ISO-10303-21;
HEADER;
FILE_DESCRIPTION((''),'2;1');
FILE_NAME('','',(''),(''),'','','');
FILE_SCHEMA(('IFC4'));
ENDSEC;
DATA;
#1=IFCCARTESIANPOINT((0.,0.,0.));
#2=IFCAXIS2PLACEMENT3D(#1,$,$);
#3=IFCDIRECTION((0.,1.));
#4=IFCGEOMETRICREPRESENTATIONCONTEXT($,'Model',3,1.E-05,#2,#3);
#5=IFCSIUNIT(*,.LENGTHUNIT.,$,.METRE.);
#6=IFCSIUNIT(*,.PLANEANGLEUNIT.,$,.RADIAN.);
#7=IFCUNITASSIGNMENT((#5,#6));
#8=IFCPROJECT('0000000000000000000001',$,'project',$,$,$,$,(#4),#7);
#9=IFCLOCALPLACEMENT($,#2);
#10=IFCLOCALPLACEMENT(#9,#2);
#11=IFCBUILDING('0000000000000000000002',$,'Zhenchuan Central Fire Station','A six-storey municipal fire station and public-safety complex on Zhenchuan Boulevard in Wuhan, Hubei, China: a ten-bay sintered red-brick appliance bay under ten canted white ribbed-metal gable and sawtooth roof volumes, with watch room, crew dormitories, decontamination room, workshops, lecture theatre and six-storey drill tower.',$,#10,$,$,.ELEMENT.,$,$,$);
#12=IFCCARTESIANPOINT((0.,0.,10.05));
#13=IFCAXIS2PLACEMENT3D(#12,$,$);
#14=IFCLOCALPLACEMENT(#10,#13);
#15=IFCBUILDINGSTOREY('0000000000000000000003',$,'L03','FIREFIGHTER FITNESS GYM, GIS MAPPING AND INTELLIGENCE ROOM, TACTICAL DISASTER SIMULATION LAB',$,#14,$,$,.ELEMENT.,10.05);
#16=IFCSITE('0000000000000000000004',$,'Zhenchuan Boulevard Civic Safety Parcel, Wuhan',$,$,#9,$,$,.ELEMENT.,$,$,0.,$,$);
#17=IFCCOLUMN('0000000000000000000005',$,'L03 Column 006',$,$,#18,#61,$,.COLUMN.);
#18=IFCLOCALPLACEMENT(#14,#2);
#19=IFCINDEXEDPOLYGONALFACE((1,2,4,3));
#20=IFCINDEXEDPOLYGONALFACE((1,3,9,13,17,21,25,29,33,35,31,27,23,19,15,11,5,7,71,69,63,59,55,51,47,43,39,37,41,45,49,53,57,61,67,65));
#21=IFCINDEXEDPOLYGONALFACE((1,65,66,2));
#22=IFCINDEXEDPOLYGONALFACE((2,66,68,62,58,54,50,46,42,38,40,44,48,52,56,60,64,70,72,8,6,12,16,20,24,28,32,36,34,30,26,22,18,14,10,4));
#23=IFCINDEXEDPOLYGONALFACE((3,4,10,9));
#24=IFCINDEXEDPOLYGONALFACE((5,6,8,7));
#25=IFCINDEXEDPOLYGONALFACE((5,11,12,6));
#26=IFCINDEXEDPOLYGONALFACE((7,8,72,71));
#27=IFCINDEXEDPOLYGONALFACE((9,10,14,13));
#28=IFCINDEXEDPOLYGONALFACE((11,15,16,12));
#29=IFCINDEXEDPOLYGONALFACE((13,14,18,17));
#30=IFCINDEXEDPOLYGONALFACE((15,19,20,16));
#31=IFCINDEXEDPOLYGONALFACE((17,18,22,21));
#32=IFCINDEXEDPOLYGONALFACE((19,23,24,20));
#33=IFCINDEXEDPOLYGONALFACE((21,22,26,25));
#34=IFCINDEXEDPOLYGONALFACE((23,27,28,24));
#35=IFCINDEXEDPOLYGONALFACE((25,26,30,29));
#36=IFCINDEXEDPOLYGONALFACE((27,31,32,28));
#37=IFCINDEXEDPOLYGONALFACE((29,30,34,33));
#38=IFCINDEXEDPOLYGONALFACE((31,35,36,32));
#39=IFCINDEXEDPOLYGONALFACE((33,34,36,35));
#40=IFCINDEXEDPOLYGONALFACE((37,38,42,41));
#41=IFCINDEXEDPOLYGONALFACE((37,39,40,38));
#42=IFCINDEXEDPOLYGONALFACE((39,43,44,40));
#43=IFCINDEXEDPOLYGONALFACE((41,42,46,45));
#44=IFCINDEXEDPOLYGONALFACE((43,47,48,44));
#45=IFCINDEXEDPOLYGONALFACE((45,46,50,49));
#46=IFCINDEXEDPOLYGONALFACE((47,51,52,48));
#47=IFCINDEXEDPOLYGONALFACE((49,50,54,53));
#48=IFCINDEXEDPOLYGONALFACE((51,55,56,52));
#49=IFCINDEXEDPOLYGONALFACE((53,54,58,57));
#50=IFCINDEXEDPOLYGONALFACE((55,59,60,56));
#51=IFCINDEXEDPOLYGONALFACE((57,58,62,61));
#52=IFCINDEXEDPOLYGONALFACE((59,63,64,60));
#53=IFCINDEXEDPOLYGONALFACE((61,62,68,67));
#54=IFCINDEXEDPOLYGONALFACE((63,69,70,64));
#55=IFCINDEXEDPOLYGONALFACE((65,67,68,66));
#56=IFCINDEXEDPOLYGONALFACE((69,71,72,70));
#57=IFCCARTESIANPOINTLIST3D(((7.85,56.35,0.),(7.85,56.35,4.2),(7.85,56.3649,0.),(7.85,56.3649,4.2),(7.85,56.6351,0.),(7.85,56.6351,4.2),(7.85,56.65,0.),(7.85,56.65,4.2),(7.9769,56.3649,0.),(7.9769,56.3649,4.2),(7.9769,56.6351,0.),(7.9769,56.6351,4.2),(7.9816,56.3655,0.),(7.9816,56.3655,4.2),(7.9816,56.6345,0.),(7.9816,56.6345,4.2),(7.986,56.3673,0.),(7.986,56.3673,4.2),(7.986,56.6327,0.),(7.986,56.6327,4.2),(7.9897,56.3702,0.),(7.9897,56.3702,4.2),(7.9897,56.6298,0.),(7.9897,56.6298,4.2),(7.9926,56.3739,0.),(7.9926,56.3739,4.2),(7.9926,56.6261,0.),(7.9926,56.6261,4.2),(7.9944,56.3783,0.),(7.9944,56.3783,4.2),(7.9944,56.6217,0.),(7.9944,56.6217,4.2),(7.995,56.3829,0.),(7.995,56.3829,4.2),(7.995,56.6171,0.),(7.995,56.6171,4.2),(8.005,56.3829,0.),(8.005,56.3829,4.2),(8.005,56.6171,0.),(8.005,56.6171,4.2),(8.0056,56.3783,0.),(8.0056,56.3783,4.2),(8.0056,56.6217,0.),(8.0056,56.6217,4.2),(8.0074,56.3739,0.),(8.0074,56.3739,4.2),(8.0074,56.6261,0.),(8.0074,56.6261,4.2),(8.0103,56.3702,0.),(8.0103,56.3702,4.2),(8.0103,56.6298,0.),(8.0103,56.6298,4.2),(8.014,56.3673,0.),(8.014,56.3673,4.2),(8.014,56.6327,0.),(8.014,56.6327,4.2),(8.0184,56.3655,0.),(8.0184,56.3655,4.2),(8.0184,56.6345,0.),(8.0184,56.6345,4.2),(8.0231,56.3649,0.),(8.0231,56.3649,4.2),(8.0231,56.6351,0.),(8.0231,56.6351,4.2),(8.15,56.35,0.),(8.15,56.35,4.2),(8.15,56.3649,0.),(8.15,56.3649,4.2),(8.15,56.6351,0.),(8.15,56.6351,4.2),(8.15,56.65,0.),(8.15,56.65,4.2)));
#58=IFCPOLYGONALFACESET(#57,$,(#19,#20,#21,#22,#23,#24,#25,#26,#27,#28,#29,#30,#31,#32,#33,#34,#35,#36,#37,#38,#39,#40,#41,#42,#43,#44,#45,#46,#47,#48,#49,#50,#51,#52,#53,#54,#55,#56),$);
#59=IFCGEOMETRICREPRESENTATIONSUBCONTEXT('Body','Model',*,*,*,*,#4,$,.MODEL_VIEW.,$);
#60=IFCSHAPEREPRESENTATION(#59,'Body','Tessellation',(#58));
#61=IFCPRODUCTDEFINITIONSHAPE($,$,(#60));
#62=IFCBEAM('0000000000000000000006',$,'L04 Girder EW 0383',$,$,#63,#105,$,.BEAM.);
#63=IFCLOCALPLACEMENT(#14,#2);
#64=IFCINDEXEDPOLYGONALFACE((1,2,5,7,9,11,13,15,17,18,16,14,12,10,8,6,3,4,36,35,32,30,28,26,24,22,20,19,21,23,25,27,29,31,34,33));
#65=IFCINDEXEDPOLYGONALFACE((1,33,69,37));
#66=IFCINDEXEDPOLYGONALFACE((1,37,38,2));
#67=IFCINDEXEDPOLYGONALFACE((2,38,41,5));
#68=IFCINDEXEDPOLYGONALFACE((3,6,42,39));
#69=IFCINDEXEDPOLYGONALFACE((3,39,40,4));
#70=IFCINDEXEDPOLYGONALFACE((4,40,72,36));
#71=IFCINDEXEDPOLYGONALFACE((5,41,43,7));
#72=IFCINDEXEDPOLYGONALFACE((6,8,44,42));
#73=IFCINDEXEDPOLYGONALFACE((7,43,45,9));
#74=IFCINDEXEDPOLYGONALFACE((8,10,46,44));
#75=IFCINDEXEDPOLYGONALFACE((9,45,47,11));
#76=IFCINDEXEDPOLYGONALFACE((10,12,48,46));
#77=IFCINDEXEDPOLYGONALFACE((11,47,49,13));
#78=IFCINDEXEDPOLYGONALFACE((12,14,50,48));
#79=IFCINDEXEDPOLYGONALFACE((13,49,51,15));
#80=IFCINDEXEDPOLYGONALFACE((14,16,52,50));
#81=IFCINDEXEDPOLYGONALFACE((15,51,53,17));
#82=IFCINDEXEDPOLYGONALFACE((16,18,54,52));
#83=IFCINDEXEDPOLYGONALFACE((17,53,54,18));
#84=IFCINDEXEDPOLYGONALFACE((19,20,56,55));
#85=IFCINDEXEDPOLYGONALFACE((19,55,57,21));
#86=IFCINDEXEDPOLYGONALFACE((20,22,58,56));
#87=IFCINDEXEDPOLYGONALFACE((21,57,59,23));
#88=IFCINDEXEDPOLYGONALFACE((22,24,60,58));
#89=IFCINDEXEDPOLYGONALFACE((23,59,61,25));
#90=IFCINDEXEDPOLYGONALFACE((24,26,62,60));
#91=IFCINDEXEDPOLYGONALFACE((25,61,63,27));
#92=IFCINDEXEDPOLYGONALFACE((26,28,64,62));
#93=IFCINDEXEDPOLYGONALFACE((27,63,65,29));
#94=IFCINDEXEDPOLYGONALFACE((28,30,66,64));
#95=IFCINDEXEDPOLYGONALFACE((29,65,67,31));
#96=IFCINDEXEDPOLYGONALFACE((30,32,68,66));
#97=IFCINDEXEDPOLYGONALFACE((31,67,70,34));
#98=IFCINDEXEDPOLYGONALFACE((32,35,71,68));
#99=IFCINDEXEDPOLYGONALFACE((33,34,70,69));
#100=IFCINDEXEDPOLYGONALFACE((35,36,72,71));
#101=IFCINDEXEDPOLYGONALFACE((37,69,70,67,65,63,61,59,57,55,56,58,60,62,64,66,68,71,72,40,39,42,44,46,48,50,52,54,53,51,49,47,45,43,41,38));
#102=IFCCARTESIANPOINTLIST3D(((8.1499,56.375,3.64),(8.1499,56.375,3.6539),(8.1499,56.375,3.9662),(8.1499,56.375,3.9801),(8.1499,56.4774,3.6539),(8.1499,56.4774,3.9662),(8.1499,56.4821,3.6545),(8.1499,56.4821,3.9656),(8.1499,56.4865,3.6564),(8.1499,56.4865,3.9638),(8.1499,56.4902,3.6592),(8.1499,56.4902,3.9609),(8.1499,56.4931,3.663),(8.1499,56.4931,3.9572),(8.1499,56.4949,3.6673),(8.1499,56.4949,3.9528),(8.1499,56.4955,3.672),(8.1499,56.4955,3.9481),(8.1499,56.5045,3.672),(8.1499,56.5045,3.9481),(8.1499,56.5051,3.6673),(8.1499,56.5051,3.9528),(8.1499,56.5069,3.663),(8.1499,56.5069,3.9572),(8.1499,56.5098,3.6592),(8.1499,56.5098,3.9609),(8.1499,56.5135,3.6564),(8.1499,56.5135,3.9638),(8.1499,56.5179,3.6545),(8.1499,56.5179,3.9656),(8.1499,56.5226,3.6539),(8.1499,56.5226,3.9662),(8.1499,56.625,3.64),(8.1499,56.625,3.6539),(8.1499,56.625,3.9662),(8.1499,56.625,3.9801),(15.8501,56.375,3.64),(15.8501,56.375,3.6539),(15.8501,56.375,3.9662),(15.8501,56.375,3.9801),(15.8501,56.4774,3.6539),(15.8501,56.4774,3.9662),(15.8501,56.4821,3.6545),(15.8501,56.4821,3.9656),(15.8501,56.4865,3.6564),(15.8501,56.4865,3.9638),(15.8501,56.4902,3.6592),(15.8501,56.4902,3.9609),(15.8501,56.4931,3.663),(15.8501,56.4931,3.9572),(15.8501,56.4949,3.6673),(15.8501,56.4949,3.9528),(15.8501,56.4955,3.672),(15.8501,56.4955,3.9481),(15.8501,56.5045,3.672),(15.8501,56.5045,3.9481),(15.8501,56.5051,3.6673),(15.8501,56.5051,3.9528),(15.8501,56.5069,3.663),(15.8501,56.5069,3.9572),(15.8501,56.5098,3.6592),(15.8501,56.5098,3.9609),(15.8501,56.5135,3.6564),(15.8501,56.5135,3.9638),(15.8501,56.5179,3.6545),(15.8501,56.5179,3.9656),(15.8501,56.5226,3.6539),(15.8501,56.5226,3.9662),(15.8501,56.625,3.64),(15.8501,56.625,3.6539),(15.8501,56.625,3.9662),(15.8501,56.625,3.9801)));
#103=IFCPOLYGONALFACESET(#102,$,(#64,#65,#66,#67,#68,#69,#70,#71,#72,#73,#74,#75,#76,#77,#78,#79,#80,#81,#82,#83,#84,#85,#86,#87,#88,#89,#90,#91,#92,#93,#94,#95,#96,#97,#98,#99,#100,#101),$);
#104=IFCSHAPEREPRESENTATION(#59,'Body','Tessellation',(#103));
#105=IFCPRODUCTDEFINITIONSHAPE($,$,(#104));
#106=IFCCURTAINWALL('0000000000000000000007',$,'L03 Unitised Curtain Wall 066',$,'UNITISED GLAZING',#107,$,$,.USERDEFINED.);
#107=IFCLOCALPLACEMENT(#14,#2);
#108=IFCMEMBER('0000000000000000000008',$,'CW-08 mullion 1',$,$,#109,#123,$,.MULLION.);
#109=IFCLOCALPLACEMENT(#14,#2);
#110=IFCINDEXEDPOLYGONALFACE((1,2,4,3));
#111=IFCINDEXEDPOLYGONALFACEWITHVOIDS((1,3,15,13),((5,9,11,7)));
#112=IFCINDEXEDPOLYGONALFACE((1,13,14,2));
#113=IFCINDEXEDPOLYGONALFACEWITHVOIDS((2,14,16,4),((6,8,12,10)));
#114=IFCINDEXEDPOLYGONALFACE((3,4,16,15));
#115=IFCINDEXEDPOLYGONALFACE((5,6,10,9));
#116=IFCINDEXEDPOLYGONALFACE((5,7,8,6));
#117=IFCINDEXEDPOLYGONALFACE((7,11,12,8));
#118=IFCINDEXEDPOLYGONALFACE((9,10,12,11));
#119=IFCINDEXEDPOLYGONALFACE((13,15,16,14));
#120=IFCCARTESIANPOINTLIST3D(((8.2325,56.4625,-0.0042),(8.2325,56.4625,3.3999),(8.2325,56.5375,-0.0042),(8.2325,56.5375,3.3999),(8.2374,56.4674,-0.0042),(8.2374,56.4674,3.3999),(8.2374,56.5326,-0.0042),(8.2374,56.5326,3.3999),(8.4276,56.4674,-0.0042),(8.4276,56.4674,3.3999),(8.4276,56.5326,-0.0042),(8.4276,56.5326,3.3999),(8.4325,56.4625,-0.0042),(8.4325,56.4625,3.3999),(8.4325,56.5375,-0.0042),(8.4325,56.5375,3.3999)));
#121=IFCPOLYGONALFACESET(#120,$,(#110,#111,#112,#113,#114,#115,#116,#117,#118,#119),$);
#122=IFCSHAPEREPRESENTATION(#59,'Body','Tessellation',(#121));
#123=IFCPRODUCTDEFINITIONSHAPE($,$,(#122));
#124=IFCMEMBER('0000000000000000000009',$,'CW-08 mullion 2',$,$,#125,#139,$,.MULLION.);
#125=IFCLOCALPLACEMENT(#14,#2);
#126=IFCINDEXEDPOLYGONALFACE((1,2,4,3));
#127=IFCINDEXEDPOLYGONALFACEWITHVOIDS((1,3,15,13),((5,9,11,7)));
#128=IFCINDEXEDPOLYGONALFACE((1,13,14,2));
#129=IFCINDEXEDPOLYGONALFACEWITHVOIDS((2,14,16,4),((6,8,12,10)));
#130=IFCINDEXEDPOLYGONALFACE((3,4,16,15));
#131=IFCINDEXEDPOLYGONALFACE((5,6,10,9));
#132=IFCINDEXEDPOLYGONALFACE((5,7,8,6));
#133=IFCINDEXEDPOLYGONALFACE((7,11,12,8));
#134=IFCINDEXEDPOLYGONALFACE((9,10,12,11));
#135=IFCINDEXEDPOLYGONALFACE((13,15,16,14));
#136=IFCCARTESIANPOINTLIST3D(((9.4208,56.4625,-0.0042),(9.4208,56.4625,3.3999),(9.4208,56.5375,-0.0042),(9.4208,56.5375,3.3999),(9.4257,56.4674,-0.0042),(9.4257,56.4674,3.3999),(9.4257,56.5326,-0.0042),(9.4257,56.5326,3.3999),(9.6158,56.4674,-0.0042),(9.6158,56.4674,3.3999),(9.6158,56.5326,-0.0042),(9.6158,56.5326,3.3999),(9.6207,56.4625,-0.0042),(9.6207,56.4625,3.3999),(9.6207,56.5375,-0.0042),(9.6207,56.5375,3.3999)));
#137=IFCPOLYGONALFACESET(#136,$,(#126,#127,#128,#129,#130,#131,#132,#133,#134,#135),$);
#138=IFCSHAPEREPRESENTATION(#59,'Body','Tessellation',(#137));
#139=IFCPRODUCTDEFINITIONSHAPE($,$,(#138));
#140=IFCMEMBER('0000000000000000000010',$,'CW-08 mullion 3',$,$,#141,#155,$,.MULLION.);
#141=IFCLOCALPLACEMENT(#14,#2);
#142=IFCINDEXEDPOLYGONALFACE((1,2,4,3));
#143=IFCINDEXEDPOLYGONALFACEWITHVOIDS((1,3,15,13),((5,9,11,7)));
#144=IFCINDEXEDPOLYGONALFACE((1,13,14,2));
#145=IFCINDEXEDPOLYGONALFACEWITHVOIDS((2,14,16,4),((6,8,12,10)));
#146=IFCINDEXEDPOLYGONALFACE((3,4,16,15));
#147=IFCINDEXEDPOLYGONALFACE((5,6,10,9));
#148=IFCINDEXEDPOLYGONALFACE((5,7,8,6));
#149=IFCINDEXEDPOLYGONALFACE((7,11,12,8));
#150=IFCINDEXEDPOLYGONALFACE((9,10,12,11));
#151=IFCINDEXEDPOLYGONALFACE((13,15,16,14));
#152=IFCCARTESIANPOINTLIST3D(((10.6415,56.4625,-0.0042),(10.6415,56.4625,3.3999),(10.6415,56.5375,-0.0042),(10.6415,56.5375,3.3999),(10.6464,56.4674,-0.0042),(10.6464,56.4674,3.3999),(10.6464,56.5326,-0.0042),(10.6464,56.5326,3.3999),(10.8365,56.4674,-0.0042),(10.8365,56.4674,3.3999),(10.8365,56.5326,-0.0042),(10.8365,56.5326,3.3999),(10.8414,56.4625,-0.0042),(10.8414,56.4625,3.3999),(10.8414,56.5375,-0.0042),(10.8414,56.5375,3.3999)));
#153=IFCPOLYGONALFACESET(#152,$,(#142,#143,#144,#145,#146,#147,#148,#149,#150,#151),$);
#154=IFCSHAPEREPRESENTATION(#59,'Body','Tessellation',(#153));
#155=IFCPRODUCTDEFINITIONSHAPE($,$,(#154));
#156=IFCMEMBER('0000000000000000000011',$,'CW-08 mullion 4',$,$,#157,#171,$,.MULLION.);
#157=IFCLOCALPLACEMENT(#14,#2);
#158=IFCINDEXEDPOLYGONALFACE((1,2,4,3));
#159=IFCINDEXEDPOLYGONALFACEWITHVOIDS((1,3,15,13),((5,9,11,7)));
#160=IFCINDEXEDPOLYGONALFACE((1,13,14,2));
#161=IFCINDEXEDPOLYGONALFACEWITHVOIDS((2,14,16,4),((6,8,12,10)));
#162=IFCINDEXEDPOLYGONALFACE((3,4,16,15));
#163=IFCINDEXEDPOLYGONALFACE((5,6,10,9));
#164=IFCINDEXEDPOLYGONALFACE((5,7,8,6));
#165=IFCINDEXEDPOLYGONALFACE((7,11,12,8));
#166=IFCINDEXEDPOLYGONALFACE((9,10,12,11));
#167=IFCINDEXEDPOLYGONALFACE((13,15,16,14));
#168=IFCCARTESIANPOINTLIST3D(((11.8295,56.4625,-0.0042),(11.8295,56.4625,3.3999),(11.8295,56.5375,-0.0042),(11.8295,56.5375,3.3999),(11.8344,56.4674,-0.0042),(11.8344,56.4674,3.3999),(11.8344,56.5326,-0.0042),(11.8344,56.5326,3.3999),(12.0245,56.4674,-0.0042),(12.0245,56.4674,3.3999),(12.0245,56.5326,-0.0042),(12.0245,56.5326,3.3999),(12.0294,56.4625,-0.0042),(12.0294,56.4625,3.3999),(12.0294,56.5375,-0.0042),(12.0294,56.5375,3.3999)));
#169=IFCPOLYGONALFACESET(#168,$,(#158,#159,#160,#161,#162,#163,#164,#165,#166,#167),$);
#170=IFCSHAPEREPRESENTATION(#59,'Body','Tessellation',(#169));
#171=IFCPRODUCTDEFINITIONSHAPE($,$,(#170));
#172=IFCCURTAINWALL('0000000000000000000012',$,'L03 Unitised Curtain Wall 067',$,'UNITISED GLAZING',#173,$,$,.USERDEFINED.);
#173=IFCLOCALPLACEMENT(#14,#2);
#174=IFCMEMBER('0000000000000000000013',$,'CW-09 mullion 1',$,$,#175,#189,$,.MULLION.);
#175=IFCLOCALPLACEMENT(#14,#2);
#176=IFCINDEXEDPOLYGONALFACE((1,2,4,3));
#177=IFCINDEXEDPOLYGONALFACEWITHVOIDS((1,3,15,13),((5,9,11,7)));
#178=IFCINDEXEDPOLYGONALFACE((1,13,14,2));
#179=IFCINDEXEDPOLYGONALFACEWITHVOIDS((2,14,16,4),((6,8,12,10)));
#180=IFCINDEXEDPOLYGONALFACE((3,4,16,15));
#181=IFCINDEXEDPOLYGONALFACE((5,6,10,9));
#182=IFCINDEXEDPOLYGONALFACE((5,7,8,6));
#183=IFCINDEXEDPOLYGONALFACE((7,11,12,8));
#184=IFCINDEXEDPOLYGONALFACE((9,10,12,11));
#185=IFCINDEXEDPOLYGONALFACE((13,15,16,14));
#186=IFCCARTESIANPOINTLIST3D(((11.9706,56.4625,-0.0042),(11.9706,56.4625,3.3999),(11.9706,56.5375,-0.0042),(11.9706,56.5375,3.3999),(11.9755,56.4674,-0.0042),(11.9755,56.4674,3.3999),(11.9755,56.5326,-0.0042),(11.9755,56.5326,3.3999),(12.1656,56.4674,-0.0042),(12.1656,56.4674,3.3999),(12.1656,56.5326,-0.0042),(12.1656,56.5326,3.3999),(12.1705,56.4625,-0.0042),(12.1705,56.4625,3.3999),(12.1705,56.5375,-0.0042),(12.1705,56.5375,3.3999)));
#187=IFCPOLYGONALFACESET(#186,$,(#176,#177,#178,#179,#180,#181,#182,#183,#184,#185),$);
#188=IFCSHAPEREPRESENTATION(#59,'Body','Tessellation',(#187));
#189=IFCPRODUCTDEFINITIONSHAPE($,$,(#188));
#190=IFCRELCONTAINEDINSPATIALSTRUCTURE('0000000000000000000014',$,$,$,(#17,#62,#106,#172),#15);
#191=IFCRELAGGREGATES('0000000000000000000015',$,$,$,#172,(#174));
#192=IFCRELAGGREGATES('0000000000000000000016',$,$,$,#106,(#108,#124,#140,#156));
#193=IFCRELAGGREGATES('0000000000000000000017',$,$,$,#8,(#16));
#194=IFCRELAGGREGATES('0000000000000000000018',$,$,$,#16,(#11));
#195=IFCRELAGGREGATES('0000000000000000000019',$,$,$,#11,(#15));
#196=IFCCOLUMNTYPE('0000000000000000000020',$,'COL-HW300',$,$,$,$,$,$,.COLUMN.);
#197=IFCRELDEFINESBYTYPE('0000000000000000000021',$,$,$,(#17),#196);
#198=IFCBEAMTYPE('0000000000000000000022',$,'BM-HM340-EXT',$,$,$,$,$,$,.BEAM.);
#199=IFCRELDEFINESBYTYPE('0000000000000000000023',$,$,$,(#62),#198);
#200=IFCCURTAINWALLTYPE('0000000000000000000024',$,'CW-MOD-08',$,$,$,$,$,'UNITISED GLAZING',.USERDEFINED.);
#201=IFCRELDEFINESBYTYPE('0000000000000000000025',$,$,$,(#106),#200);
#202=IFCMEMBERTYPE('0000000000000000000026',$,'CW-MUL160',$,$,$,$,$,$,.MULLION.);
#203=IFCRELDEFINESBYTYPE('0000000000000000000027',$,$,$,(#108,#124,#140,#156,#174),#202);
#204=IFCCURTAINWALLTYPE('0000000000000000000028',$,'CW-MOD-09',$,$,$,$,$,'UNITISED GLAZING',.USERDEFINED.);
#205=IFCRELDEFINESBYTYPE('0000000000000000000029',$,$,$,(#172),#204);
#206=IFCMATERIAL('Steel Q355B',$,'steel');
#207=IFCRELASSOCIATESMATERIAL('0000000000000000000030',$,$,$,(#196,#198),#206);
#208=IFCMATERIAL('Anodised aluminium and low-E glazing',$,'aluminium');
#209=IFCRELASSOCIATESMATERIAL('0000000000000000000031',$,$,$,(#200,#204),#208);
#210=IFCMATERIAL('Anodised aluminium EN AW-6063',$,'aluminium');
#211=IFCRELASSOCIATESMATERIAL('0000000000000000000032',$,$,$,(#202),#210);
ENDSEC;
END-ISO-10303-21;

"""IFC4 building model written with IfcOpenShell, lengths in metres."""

from ifc_helpers import new_model, si_unit, direction, frame, origin, origin_2d, place, context, subcontext, project, spatial, hollow_rectangle, i_section, extrude, material, material_profile, profile_set, type_object, element, aggregate, save


model = new_model("IFC4")

# Units and contexts
model_context = context("Model", 3, precision=1e-05, world=origin(), true_north=direction((0.0, 1.0)))
body_context = subcontext(model_context, "Body", "Model", "MODEL_VIEW")
ifc_project = project(units=[si_unit("LENGTHUNIT", "METRE"), si_unit("PLANEANGLEUNIT", "RADIAN")], contexts=[model_context])

# Site, building, storey
site_placement = place(None, origin())
site = spatial("IfcSite", under=ifc_project, at=site_placement, Name="Zhenchuan Boulevard Civic Safety Parcel, Wuhan", CompositionType="ELEMENT", RefElevation=0.0)
building_placement = place(site_placement, origin())
building = spatial("IfcBuilding", under=site, at=building_placement, Name="Zhenchuan Central Fire Station", Description="A six-storey municipal fire station and public-safety complex on Zhenchuan Boulevard in Wuhan, Hubei, China: a ten-bay sintered red-brick appliance bay under ten canted white ribbed-metal gable and sawtooth roof volumes, with watch room, crew dormitories, decontamination room, workshops, lecture theatre and six-storey drill tower.", CompositionType="ELEMENT")
storey_placement = place(building_placement, frame((0.0, 0.0, 10.05)))
storey = spatial("IfcBuildingStorey", under=building, at=storey_placement, Name="L03", Description="FIREFIGHTER FITNESS GYM, GIS MAPPING AND INTELLIGENCE ROOM, TACTICAL DISASTER SIMULATION LAB", CompositionType="ELEMENT", Elevation=10.05)

# Column
ifc_material_1 = material(Name="Steel Q355B", Category="steel")
ifc_material_profile_1 = material_profile(ifc_material_1, i_section(OverallWidth=0.3, OverallDepth=0.3, WebThickness=0.01, FlangeThickness=0.0149, FilletRadius=0.0181, at=origin_2d()), Name="HW 300x300")
ifc_profile_set_1 = profile_set([ifc_material_profile_1], Name="Steel Q355B")
column_type = type_object("IfcColumnType", Name="COL-HW300", PredefinedType="COLUMN", material=ifc_profile_set_1)
column_placement = place(storey_placement, frame((8.0, 56.5, 0.0), z_axis=(0.0, 0.0, 1.0), x_axis=(1.0, 0.0, 0.0)))
element("IfcColumn", 1, at=column_placement, inside=storey, type_object=column_type, Name="L03 Column 006", PredefinedType="COLUMN", context=body_context, shape_type="SweptSolid", body=[
    extrude(i_section(OverallWidth=0.3, OverallDepth=0.3, WebThickness=0.01, FlangeThickness=0.0149, FilletRadius=0.0181, at=origin_2d()), origin(), (0.0, 0.0, 1.0), 4.2),
])

# Beam
ifc_material_profile_2 = material_profile(ifc_material_1, i_section(OverallWidth=0.25, OverallDepth=0.3401, WebThickness=0.009, FlangeThickness=0.0139, FilletRadius=0.0181, at=origin_2d()), Name="HM 340x250")
ifc_profile_set_2 = profile_set([ifc_material_profile_2], Name="Steel Q355B")
beam_type = type_object("IfcBeamType", Name="BM-HM340-EXT", PredefinedType="BEAM", material=ifc_profile_set_2)
beam_placement = place(storey_placement, frame((8.1499, 56.5, 3.8101), z_axis=(1.0, 0.0, 0.0), x_axis=(0.0, 1.0, 0.0)))
element("IfcBeam", 2, at=beam_placement, inside=storey, type_object=beam_type, Name="L04 Girder EW 0383", PredefinedType="BEAM", context=body_context, shape_type="SweptSolid", body=[
    extrude(i_section(OverallWidth=0.25, OverallDepth=0.3401, WebThickness=0.009, FlangeThickness=0.0139, FilletRadius=0.0181, at=origin_2d()), origin(), (0.0, 0.0, 1.0), 7.7002),
])

# Curtain wall, members
ifc_material_2 = material(Name="Anodised aluminium and low-E glazing", Category="aluminium")
curtain_wall_type_1 = type_object("IfcCurtainWallType", Name="CW-MOD-08", ElementType="UNITISED GLAZING", PredefinedType="USERDEFINED", material=ifc_material_2)
curtain_wall_1_placement = place(storey_placement, origin())
curtain_wall_1 = element("IfcCurtainWall", 3, at=curtain_wall_1_placement, inside=storey, type_object=curtain_wall_type_1, Name="L03 Unitised Curtain Wall 066", ObjectType="UNITISED GLAZING", PredefinedType="USERDEFINED")
ifc_material_3 = material(Name="Anodised aluminium EN AW-6063", Category="aluminium")
ifc_material_profile_3 = material_profile(ifc_material_3, hollow_rectangle(XDim=0.075, YDim=0.2, WallThickness=0.0049, at=origin_2d()), Name="ALU-M 200x75")
ifc_profile_set_3 = profile_set([ifc_material_profile_3], Name="Anodised aluminium EN AW-6063")
member_type_1 = type_object("IfcMemberType", Name="CW-MUL160", PredefinedType="MULLION", material=ifc_profile_set_3)
member_1_placement = place(storey_placement, frame((8.3325, 56.5, -0.0042), z_axis=(0.0, 0.0, 1.0), x_axis=(0.0, 1.0, 0.0)))
member_1 = element("IfcMember", 4, at=member_1_placement, type_object=member_type_1, Name="CW-08 mullion 1", PredefinedType="MULLION", context=body_context, shape_type="SweptSolid", body=[
    extrude(hollow_rectangle(XDim=0.075, YDim=0.2, WallThickness=0.0049, at=origin_2d()), origin(), (0.0, 0.0, 1.0), 3.4041),
])
member_2_placement = place(storey_placement, frame((9.5208, 56.5, -0.0042), z_axis=(0.0, 0.0, 1.0), x_axis=(0.0, 1.0, 0.0)))
member_2 = element("IfcMember", 5, at=member_2_placement, type_object=member_type_1, Name="CW-08 mullion 2", PredefinedType="MULLION", context=body_context, shape_type="SweptSolid", body=[
    extrude(hollow_rectangle(XDim=0.075, YDim=0.2, WallThickness=0.0049, at=origin_2d()), origin(), (0.0, 0.0, 1.0), 3.4041),
])
member_3_placement = place(storey_placement, frame((10.7415, 56.5, -0.0042), z_axis=(0.0, 0.0, 1.0), x_axis=(0.0, 1.0, 0.0)))
member_3 = element("IfcMember", 6, at=member_3_placement, type_object=member_type_1, Name="CW-08 mullion 3", PredefinedType="MULLION", context=body_context, shape_type="SweptSolid", body=[
    extrude(hollow_rectangle(XDim=0.075, YDim=0.2, WallThickness=0.0049, at=origin_2d()), origin(), (0.0, 0.0, 1.0), 3.4041),
])
member_4_placement = place(storey_placement, frame((11.9294, 56.5, -0.0042), z_axis=(0.0, 0.0, 1.0), x_axis=(0.0, 1.0, 0.0)))
member_4 = element("IfcMember", 7, at=member_4_placement, type_object=member_type_1, Name="CW-08 mullion 4", PredefinedType="MULLION", context=body_context, shape_type="SweptSolid", body=[
    extrude(hollow_rectangle(XDim=0.075, YDim=0.2, WallThickness=0.0049, at=origin_2d()), origin(), (0.0, 0.0, 1.0), 3.4041),
])

# Curtain wall, member
curtain_wall_type_2 = type_object("IfcCurtainWallType", Name="CW-MOD-09", ElementType="UNITISED GLAZING", PredefinedType="USERDEFINED", material=ifc_material_2)
curtain_wall_2_placement = place(storey_placement, origin())
curtain_wall_2 = element("IfcCurtainWall", 8, at=curtain_wall_2_placement, inside=storey, type_object=curtain_wall_type_2, Name="L03 Unitised Curtain Wall 067", ObjectType="UNITISED GLAZING", PredefinedType="USERDEFINED")
member_5_placement = place(storey_placement, frame((12.0706, 56.5, -0.0042), z_axis=(0.0, 0.0, 1.0), x_axis=(0.0, 1.0, 0.0)))
member_5 = element("IfcMember", 9, at=member_5_placement, type_object=member_type_1, Name="CW-09 mullion 1", PredefinedType="MULLION", context=body_context, shape_type="SweptSolid", body=[
    extrude(hollow_rectangle(XDim=0.075, YDim=0.2, WallThickness=0.0049, at=origin_2d()), origin(), (0.0, 0.0, 1.0), 3.4041),
])

aggregate(curtain_wall_2, [member_5])

aggregate(curtain_wall_1, [member_1, member_2, member_3, member_4])

save(model, "model.ifc")
